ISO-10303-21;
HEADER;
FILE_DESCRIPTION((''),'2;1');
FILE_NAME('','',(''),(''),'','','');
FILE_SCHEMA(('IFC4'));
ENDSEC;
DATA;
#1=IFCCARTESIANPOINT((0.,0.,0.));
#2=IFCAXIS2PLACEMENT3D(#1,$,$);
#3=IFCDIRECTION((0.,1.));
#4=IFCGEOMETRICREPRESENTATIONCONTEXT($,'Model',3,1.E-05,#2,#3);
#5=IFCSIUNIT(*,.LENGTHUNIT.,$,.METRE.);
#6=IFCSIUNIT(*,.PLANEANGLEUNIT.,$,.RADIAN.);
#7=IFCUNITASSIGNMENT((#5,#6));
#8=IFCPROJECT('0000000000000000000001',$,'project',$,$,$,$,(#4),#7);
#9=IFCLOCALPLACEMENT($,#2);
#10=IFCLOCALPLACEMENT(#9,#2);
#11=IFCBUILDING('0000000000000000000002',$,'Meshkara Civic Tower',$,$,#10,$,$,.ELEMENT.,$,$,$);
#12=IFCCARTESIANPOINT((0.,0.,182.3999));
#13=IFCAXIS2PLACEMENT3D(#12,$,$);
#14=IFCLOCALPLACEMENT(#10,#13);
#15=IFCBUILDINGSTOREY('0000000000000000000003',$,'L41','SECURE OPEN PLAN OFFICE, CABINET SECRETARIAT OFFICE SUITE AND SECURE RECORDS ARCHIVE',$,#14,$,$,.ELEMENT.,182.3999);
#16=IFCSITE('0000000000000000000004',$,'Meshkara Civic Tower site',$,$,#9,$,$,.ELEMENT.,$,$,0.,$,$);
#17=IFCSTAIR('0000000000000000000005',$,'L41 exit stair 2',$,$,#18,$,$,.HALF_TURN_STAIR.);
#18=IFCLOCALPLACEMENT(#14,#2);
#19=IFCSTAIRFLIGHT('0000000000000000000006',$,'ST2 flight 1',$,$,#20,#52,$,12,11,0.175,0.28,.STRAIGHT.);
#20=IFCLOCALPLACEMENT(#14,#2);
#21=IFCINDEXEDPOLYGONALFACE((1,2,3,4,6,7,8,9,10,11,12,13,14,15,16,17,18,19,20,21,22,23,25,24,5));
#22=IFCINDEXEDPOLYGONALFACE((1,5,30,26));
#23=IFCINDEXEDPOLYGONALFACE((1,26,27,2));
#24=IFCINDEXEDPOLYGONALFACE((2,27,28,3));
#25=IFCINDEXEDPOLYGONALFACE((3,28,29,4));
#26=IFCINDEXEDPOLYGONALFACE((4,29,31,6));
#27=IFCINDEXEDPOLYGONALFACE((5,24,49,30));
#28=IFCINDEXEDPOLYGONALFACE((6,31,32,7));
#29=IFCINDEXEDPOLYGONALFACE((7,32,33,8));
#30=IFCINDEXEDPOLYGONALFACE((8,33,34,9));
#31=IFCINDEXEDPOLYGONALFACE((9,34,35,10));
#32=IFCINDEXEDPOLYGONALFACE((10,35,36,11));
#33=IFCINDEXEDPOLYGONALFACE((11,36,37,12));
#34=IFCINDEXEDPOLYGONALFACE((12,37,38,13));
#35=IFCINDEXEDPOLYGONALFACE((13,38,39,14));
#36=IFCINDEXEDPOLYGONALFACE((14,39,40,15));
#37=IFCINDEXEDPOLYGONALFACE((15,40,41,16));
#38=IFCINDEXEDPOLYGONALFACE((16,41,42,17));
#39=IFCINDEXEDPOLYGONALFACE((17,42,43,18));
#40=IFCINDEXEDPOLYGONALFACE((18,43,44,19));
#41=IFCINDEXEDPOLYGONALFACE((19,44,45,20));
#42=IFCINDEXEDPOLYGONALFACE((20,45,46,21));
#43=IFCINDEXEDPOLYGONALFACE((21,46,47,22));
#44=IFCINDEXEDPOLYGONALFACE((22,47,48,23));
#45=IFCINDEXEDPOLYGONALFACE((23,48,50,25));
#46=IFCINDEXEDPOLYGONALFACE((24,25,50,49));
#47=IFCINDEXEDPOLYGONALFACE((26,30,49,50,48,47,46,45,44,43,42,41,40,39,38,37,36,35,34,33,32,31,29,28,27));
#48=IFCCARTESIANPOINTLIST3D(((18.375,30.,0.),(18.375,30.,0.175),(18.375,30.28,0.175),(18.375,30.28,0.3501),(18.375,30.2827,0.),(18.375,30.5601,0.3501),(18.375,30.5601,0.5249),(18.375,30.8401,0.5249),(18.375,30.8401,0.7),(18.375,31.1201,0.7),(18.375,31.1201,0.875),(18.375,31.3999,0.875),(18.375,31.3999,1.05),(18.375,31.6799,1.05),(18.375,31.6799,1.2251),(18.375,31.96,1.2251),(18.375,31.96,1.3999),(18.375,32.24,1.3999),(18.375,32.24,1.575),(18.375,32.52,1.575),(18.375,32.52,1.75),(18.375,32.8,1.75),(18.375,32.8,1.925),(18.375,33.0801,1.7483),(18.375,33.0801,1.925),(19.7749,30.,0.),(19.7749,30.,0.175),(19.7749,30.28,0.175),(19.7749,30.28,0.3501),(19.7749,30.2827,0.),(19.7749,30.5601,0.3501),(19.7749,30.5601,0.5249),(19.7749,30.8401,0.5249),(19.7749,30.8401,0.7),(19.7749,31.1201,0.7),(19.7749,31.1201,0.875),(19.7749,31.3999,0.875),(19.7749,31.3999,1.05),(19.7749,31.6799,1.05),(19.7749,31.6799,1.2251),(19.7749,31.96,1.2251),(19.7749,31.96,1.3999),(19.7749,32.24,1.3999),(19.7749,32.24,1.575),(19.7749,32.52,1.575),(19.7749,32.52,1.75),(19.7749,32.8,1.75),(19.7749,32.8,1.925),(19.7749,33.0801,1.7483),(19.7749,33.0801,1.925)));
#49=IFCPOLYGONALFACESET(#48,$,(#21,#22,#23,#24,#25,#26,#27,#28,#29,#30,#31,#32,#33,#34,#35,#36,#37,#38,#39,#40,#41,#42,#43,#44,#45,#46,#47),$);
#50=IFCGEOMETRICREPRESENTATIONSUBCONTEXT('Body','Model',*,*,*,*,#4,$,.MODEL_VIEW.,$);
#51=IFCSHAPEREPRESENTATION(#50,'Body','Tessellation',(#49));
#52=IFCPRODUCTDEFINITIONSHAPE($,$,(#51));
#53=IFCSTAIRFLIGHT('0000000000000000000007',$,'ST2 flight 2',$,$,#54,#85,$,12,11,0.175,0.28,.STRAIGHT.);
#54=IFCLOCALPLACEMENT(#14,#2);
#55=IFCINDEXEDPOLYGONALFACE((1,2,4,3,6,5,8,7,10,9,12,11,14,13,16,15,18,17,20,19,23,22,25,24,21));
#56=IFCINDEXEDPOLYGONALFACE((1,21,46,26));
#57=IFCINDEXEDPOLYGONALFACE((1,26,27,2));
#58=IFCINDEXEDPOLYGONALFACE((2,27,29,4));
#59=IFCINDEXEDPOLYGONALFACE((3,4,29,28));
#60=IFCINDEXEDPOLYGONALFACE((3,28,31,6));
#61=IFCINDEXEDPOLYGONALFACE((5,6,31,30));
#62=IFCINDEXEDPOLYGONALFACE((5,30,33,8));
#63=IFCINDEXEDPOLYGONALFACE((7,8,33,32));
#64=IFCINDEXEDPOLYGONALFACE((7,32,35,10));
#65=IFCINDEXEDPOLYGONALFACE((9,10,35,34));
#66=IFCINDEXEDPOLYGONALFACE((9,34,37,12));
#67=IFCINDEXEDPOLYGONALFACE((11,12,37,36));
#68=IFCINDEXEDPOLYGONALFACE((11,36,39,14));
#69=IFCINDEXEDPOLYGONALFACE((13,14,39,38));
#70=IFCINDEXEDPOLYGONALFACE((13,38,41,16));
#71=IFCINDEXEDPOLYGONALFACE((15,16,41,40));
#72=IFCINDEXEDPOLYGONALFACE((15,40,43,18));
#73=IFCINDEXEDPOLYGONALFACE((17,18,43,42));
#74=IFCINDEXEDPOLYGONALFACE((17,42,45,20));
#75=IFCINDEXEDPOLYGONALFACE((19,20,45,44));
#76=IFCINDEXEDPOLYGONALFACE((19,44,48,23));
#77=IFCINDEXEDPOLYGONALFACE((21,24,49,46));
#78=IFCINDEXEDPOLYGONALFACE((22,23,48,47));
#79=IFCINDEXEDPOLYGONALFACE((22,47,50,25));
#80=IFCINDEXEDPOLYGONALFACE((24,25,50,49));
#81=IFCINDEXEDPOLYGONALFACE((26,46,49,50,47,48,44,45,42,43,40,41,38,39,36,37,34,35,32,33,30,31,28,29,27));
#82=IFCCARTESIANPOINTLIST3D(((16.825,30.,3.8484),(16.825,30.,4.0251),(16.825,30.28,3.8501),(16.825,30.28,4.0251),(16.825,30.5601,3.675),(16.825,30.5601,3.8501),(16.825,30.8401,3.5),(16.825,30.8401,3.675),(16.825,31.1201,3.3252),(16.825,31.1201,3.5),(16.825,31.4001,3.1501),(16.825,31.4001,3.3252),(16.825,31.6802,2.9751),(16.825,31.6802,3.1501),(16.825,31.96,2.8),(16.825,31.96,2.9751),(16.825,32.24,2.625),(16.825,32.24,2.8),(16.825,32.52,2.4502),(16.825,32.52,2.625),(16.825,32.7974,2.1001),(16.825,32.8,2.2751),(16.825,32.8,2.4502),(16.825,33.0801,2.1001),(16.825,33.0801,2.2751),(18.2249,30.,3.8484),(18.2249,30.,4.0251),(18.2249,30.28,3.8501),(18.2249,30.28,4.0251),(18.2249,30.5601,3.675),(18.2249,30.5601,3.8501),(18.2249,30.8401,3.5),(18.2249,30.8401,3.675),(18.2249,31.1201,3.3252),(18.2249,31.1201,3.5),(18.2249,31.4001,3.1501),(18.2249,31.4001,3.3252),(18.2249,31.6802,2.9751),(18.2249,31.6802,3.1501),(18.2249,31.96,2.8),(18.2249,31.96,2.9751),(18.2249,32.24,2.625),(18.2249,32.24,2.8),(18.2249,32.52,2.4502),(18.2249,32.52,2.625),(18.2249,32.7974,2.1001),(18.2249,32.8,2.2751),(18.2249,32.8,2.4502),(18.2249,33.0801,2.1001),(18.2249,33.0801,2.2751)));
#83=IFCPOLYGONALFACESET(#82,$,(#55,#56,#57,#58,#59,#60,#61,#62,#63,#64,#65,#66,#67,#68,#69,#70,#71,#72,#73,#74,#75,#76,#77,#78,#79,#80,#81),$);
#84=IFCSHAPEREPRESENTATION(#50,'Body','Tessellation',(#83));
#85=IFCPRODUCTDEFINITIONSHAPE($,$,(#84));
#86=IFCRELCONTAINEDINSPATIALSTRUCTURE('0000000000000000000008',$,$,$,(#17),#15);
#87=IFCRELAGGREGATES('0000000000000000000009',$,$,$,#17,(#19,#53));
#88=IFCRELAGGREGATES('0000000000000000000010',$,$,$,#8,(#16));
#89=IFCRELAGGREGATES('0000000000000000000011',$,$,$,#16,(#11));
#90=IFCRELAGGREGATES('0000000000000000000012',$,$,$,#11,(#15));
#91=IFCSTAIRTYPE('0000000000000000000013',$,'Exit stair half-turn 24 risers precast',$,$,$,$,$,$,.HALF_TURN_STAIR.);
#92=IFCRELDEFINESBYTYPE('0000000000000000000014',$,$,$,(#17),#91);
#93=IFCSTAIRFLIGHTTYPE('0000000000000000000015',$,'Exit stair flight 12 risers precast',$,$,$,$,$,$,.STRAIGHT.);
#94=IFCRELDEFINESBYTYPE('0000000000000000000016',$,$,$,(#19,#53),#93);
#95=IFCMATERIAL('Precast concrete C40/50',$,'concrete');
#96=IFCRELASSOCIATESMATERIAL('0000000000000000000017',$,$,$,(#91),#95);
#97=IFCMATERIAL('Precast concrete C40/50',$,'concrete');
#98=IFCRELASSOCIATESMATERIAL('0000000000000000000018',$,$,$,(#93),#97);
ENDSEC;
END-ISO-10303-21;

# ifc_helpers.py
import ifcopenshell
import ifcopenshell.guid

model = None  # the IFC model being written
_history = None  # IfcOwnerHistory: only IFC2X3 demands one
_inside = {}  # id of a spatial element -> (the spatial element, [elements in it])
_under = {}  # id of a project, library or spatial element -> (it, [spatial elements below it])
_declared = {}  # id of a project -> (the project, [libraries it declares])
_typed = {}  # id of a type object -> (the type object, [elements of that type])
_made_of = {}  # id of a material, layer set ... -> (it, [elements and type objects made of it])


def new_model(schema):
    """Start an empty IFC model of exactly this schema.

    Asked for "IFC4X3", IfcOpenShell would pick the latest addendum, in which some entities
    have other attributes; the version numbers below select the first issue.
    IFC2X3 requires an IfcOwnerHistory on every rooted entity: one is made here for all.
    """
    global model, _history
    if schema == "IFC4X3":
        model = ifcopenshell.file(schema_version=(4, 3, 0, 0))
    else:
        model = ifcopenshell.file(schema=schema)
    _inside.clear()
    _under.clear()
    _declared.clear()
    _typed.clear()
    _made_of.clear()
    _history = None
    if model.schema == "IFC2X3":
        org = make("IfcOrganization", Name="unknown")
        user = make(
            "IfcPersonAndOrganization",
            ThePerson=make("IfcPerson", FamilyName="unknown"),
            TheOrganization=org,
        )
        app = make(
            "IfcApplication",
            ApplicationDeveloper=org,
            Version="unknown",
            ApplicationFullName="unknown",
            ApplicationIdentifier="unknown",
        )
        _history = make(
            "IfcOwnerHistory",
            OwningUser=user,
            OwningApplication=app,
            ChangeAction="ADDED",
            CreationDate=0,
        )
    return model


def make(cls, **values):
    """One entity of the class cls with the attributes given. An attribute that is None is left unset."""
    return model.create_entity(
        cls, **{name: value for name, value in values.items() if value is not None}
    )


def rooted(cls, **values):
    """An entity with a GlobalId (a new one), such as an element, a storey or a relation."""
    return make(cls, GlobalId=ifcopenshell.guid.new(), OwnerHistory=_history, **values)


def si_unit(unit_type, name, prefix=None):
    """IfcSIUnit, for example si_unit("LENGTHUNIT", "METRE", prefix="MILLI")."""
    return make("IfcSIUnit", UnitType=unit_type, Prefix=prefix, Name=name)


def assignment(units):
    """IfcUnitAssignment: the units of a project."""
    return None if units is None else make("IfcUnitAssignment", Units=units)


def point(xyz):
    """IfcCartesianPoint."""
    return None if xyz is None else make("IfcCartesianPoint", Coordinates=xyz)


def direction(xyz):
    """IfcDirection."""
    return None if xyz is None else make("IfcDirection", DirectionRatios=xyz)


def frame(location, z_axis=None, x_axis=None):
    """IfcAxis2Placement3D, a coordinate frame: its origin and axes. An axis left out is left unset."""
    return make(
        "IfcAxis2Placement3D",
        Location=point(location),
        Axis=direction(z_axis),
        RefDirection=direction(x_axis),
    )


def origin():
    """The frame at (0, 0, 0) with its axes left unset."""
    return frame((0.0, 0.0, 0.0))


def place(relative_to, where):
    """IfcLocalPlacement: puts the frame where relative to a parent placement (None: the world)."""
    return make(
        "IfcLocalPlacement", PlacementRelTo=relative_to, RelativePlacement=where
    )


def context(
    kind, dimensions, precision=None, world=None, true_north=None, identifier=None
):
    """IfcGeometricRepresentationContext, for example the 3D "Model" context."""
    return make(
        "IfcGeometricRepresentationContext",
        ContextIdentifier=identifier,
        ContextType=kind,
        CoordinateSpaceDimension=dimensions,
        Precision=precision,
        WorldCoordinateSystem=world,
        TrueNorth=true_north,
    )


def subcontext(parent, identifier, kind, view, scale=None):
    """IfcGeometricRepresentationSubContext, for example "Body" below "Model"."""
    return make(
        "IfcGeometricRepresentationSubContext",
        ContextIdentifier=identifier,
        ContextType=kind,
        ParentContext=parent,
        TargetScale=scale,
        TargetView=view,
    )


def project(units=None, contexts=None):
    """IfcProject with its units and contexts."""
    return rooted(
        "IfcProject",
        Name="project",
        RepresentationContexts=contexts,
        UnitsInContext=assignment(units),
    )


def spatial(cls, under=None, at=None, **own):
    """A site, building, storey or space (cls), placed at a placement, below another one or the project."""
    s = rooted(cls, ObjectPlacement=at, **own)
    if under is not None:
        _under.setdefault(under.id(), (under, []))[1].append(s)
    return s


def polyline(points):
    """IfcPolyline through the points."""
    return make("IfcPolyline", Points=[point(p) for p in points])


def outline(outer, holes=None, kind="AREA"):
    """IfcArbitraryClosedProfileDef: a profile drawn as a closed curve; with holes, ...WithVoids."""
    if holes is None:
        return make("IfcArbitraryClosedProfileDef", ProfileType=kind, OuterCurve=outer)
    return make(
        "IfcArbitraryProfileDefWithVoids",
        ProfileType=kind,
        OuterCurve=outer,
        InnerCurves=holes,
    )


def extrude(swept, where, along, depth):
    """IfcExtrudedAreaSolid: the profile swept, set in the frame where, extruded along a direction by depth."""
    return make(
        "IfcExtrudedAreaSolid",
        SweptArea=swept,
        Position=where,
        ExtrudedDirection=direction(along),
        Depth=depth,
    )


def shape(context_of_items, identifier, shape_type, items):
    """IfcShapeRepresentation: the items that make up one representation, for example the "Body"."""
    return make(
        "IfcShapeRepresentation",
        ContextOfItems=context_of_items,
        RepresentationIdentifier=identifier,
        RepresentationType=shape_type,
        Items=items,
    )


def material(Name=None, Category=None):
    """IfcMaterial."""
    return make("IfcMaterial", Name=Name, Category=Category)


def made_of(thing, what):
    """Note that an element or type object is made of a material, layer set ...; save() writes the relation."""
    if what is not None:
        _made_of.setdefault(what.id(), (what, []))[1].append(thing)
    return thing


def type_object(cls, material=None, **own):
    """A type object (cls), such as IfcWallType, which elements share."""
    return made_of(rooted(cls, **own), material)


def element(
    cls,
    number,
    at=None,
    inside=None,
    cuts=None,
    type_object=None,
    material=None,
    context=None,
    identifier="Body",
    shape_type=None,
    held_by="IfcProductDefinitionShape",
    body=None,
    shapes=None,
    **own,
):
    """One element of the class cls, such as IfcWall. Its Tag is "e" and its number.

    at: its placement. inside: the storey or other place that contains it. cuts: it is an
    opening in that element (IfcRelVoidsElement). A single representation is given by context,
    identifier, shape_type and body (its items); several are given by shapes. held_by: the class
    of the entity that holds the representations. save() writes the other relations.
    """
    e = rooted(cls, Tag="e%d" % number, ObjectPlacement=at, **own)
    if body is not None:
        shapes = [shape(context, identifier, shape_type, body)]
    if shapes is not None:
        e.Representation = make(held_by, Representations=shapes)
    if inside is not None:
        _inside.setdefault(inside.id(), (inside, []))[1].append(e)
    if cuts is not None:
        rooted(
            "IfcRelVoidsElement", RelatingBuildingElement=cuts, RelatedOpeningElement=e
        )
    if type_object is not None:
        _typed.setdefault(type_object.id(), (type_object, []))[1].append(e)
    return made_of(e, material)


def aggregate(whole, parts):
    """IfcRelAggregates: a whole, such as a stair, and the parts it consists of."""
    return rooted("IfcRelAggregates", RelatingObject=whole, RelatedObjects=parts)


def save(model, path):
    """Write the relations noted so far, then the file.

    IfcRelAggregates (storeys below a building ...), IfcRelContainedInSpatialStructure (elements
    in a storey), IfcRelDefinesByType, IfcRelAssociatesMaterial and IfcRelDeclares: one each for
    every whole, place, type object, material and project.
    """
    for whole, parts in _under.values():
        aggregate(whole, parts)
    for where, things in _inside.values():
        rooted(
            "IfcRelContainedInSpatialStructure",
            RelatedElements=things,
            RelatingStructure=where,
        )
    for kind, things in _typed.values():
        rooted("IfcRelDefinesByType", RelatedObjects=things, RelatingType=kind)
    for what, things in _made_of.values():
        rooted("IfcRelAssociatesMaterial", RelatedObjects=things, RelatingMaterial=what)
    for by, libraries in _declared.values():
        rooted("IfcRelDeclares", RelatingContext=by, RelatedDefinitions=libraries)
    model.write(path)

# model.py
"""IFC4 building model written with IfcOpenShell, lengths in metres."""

from ifc_helpers import new_model, si_unit, direction, frame, origin, place, context, subcontext, project, spatial, polyline, outline, extrude, material, type_object, element, aggregate, save


model = new_model("IFC4")

# Units and contexts
model_context = context("Model", 3, precision=1e-05, world=origin(), true_north=direction((0.0, 1.0)))
body_context = subcontext(model_context, "Body", "Model", "MODEL_VIEW")
ifc_project = project(units=[si_unit("LENGTHUNIT", "METRE"), si_unit("PLANEANGLEUNIT", "RADIAN")], contexts=[model_context])

# Site, building, storey
site_placement = place(None, origin())
site = spatial("IfcSite", under=ifc_project, at=site_placement, Name="Meshkara Civic Tower site", CompositionType="ELEMENT", RefElevation=0.0)
building_placement = place(site_placement, origin())
building = spatial("IfcBuilding", under=site, at=building_placement, Name="Meshkara Civic Tower", CompositionType="ELEMENT")
storey_placement = place(building_placement, frame((0.0, 0.0, 182.3999)))
storey = spatial("IfcBuildingStorey", under=building, at=storey_placement, Name="L41", Description="SECURE OPEN PLAN OFFICE, CABINET SECRETARIAT OFFICE SUITE AND SECURE RECORDS ARCHIVE", CompositionType="ELEMENT", Elevation=182.3999)

# Stair, stair flights
ifc_material_1 = material(Name="Precast concrete C40/50", Category="concrete")
stair_type = type_object("IfcStairType", Name="Exit stair half-turn 24 risers precast", PredefinedType="HALF_TURN_STAIR", material=ifc_material_1)
stair_placement = place(storey_placement, origin())
stair = element("IfcStair", 1, at=stair_placement, inside=storey, type_object=stair_type, Name="L41 exit stair 2", PredefinedType="HALF_TURN_STAIR")
ifc_material_2 = material(Name="Precast concrete C40/50", Category="concrete")
stair_flight_type = type_object("IfcStairFlightType", Name="Exit stair flight 12 risers precast", PredefinedType="STRAIGHT", material=ifc_material_2)
stair_flight_1_placement = place(storey_placement, frame((19.075, 30.0, 0.0), z_axis=(0.0, 0.0, 1.0), x_axis=(0.0, 1.0, 0.0)))
stair_flight_1 = element("IfcStairFlight", 2, at=stair_flight_1_placement, type_object=stair_flight_type, Name="ST2 flight 1", NumberOfRisers=12, NumberOfTreads=11, PredefinedType="STRAIGHT", RiserHeight=0.175, TreadLength=0.28, context=body_context, shape_type="SweptSolid", body=[
    extrude(outline(polyline([(0.0, 0.0), (0.0, 0.175), (0.28, 0.175), (0.28, 0.3501), (0.5601, 0.3501), (0.5601, 0.5249), (0.8401, 0.5249), (0.8401, 0.7), (1.1201, 0.7), (1.1201, 0.875), (1.3999, 0.875), (1.3999, 1.05), (1.6799, 1.05), (1.6799, 1.2251), (1.96, 1.2251), (1.96, 1.3999), (2.24, 1.3999), (2.24, 1.575), (2.52, 1.575), (2.52, 1.75), (2.8, 1.75), (2.8, 1.925), (3.0801, 1.925), (3.0801, 2.1001), (3.0801, 1.7483), (0.2827, 0.0), (0.0, 0.0)])), frame((0.0, 0.7, 0.0), z_axis=(0.0, -1.0, 0.0), x_axis=(1.0, 0.0, 0.0)), (0.0, 0.0, 1.0), 1.3999),
])
stair_flight_2_placement = place(storey_placement, frame((17.5249, 33.0801, 2.1001), z_axis=(0.0, 0.0, 1.0), x_axis=(0.0, -1.0, 0.0)))
stair_flight_2 = element("IfcStairFlight", 3, at=stair_flight_2_placement, type_object=stair_flight_type, Name="ST2 flight 2", NumberOfRisers=12, NumberOfTreads=11, PredefinedType="STRAIGHT", RiserHeight=0.175, TreadLength=0.28, context=body_context, shape_type="SweptSolid", body=[
    extrude(outline(polyline([(0.0, 0.0), (0.0, 0.175), (0.28, 0.175), (0.28, 0.3501), (0.5601, 0.3501), (0.5601, 0.5249), (0.8401, 0.5249), (0.8401, 0.7), (1.1201, 0.7), (1.1201, 0.875), (1.3999, 0.875), (1.3999, 1.05), (1.6799, 1.05), (1.6799, 1.2251), (1.96, 1.2251), (1.96, 1.3999), (2.24, 1.3999), (2.24, 1.575), (2.52, 1.575), (2.52, 1.75), (2.8, 1.75), (2.8, 1.925), (3.0801, 1.925), (3.0801, 2.1001), (3.0801, 1.7483), (0.2827, 0.0), (0.0, 0.0)])), frame((0.0, 0.7, 0.0), z_axis=(0.0, -1.0, 0.0), x_axis=(1.0, 0.0, 0.0)), (0.0, 0.0, 1.0), 1.3999),
])
aggregate(stair, [stair_flight_1, stair_flight_2])

save(model, "model.ifc")
